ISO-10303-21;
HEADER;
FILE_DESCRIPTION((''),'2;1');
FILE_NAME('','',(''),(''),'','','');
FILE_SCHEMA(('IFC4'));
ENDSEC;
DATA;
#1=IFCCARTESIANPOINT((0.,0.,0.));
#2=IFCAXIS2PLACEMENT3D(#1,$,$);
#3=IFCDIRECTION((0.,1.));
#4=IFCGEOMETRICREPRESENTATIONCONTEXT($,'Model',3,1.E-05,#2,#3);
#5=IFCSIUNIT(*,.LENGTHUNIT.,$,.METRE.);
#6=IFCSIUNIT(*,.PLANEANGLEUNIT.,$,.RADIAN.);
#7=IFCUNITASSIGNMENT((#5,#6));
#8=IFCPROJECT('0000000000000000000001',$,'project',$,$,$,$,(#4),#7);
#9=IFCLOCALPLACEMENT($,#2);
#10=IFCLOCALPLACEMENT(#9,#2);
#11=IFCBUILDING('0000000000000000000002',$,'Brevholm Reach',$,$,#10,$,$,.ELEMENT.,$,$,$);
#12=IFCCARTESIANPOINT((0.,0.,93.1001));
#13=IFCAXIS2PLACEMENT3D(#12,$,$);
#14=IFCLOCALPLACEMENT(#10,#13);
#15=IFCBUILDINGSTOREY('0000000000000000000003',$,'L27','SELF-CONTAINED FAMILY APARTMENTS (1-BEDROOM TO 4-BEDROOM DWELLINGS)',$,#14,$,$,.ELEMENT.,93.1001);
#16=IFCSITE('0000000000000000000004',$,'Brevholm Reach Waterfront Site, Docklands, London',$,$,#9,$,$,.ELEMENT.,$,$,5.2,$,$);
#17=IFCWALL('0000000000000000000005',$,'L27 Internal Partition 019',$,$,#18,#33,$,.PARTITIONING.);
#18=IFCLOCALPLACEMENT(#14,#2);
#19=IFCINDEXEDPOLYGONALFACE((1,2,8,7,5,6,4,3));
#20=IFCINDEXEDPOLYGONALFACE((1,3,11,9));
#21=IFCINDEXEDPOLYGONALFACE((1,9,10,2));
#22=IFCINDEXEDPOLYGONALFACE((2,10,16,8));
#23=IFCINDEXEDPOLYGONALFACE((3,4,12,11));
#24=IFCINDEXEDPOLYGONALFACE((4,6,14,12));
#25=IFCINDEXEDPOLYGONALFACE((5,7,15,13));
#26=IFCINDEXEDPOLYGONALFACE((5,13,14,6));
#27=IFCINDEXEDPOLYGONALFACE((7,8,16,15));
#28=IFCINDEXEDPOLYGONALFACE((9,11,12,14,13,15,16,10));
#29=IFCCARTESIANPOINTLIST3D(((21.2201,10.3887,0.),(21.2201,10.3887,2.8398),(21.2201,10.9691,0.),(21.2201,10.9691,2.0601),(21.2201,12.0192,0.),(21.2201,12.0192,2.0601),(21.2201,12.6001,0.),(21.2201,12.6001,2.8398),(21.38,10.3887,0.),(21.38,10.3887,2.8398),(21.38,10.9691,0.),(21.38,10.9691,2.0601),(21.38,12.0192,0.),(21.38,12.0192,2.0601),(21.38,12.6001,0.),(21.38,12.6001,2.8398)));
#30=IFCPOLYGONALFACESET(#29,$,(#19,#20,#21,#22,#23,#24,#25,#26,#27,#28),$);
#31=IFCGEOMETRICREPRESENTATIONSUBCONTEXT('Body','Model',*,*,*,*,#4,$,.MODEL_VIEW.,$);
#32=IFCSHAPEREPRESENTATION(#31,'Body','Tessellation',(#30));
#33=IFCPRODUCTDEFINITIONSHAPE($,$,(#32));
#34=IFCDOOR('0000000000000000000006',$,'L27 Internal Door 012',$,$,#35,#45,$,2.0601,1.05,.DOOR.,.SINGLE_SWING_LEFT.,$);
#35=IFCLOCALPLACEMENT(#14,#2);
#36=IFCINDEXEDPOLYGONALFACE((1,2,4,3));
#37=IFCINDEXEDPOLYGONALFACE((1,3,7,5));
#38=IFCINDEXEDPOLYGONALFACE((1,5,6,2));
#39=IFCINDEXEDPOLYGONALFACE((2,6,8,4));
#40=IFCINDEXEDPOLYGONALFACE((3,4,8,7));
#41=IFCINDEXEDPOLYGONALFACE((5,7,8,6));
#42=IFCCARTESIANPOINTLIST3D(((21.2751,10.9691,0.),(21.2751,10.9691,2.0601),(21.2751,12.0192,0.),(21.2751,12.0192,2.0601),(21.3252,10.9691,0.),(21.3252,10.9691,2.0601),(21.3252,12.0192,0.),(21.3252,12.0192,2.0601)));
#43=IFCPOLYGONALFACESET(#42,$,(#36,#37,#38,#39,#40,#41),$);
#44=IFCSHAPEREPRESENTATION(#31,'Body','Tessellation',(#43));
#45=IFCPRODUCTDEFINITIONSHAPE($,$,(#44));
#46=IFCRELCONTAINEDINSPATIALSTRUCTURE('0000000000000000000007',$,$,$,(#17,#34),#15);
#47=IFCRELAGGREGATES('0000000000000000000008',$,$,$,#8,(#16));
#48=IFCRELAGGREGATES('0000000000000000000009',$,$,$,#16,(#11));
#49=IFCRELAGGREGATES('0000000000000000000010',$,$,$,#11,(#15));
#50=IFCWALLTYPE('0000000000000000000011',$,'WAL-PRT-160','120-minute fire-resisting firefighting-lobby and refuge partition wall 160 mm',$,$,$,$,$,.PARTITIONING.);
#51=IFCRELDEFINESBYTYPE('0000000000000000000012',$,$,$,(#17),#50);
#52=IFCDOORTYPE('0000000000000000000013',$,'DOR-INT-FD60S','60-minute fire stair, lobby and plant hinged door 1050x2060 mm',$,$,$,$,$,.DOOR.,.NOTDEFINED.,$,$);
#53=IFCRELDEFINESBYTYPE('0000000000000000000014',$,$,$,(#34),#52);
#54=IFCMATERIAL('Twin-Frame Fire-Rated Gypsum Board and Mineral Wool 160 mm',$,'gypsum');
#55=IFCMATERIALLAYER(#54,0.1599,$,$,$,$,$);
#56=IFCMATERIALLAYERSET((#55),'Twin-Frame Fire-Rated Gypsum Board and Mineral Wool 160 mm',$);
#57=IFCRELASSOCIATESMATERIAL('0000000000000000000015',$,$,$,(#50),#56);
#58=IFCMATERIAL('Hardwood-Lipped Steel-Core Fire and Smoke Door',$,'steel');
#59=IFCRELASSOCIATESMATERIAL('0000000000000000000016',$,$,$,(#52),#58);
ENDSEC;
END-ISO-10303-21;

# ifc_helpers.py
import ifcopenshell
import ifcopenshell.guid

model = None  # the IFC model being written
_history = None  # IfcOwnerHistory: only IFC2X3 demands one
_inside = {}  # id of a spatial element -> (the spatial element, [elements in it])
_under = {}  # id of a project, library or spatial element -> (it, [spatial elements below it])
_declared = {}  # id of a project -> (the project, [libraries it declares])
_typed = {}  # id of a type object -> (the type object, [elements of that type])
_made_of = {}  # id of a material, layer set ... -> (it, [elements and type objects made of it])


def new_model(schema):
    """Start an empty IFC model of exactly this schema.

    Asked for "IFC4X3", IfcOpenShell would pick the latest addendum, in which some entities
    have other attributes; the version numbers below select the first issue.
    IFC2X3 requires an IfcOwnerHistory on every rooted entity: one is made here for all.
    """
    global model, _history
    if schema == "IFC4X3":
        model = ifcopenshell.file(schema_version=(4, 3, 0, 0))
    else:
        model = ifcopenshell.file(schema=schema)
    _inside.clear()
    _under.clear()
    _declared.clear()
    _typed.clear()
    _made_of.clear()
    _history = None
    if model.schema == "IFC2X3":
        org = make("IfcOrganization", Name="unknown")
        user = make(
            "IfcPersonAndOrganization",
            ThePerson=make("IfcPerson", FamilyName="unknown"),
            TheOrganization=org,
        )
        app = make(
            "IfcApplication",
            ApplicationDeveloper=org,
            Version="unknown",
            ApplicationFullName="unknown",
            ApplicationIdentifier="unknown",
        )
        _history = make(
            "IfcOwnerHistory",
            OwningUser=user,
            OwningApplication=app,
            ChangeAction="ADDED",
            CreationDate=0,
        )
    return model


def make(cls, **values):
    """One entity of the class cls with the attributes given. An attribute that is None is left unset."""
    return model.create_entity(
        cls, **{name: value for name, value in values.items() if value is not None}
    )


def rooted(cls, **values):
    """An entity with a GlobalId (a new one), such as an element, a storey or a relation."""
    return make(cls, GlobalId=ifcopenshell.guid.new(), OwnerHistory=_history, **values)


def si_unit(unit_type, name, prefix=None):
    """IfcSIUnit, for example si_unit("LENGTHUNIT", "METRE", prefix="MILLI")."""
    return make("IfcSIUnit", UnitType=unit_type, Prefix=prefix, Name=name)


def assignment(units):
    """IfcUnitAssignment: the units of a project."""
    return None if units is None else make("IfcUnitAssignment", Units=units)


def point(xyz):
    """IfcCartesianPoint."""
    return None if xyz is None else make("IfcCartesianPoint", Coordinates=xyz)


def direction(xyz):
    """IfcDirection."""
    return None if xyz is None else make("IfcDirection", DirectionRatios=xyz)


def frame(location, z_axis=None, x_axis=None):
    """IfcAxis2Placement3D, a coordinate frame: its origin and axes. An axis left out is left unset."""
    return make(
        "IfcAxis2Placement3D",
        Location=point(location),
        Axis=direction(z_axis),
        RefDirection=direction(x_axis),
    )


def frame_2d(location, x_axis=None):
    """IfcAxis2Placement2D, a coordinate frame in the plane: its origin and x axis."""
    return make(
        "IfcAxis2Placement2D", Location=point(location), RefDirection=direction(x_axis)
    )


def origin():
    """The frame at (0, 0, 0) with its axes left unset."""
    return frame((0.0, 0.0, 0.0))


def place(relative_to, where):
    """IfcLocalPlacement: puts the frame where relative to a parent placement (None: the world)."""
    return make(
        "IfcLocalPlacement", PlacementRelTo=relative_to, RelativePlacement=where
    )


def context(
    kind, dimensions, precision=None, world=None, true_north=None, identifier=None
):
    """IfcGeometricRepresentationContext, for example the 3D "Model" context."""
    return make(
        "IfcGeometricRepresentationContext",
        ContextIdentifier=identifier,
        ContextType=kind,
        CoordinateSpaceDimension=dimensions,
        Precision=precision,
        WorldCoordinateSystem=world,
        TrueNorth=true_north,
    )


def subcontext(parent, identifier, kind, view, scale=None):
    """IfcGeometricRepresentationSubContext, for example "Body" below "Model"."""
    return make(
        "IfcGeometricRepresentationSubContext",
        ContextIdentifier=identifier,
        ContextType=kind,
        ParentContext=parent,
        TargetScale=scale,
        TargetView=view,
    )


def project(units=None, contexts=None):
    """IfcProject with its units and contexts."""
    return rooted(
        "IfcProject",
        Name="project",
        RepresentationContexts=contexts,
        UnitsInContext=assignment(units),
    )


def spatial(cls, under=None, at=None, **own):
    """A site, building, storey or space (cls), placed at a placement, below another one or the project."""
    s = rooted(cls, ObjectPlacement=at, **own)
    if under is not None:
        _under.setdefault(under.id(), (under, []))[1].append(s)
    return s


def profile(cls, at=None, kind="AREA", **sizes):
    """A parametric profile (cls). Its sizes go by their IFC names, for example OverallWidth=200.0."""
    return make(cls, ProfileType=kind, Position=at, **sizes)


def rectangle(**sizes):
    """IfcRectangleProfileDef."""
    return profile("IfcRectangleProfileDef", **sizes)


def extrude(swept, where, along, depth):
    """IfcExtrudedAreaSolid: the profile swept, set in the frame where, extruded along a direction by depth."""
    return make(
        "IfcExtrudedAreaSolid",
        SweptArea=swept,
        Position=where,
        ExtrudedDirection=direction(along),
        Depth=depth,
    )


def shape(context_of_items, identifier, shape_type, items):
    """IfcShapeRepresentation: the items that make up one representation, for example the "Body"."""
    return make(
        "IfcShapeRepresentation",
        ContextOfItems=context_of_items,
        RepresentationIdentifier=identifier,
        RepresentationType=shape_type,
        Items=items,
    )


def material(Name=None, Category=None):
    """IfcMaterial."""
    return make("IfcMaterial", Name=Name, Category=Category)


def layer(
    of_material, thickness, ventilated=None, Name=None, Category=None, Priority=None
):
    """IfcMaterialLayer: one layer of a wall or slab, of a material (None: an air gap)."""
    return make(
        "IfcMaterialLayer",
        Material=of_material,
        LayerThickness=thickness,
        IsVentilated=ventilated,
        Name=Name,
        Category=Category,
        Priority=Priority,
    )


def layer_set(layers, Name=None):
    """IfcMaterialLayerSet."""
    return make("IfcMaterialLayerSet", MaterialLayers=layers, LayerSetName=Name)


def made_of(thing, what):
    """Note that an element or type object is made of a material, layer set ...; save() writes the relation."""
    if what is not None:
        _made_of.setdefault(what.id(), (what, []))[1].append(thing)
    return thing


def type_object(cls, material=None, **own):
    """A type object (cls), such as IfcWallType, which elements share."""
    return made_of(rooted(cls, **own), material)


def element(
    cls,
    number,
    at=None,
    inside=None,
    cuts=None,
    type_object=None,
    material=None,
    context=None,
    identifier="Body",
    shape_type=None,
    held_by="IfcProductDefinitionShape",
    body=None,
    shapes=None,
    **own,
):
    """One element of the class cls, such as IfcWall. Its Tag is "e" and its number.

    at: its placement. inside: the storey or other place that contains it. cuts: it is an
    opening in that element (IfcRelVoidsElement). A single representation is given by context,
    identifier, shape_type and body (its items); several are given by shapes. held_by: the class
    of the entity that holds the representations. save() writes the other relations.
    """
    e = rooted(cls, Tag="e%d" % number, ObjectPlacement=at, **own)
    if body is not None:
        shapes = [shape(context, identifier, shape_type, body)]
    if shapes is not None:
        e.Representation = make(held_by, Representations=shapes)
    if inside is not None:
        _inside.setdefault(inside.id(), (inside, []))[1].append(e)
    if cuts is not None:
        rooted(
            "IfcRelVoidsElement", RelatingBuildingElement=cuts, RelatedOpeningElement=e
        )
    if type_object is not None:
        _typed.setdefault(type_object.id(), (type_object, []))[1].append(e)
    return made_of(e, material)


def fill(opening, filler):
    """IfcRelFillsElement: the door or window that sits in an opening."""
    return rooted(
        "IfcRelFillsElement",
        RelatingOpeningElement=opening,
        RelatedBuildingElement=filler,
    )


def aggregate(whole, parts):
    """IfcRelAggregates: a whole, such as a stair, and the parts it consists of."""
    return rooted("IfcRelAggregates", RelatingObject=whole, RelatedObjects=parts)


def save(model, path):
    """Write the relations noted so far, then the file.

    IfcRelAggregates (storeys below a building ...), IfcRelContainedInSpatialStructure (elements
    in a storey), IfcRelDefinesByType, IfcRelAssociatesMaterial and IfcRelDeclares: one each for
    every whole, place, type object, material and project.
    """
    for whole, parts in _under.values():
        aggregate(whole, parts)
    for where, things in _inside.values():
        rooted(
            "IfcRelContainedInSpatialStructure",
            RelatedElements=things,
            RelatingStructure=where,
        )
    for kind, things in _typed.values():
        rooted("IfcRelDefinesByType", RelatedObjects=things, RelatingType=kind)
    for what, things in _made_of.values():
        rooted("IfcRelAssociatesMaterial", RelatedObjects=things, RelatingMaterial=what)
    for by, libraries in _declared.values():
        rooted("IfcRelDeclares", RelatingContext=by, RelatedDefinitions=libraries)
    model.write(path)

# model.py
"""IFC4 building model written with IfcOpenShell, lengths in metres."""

from ifc_helpers import new_model, si_unit, direction, frame, frame_2d, origin, place, context, subcontext, project, spatial, rectangle, extrude, material, layer, layer_set, type_object, element, fill, save


model = new_model("IFC4")

# Units and contexts
model_context = context("Model", 3, precision=1e-05, world=origin(), true_north=direction((0.0, 1.0)))
body_context = subcontext(model_context, "Body", "Model", "MODEL_VIEW")
ifc_project = project(units=[si_unit("LENGTHUNIT", "METRE"), si_unit("PLANEANGLEUNIT", "RADIAN")], contexts=[model_context])

# Site, building, storey
site_placement = place(None, origin())
site = spatial("IfcSite", under=ifc_project, at=site_placement, Name="Brevholm Reach Waterfront Site, Docklands, London", CompositionType="ELEMENT", RefElevation=5.2)
building_placement = place(site_placement, origin())
building = spatial("IfcBuilding", under=site, at=building_placement, Name="Brevholm Reach", CompositionType="ELEMENT")
storey_placement = place(building_placement, frame((0.0, 0.0, 93.1001)))
storey = spatial("IfcBuildingStorey", under=building, at=storey_placement, Name="L27", Description="SELF-CONTAINED FAMILY APARTMENTS (1-BEDROOM TO 4-BEDROOM DWELLINGS)", CompositionType="ELEMENT", Elevation=93.1001)

# Wall, opening, door
ifc_material_1 = material(Name="Twin-Frame Fire-Rated Gypsum Board and Mineral Wool 160 mm", Category="gypsum")
ifc_layer_1 = layer(ifc_material_1, 0.1599)
ifc_layer_set_1 = layer_set([ifc_layer_1], Name="Twin-Frame Fire-Rated Gypsum Board and Mineral Wool 160 mm")
wall_type_1 = type_object("IfcWallType", Name="WAL-PRT-160", Description="120-minute fire-resisting firefighting-lobby and refuge partition wall 160 mm", PredefinedType="PARTITIONING", material=ifc_layer_set_1)
wall_1_placement = place(storey_placement, frame((21.3, 10.3887, 0.0), z_axis=(0.0, 0.0, 1.0), x_axis=(0.0, 1.0, 0.0)))
wall_1 = element("IfcWall", 1, at=wall_1_placement, inside=storey, type_object=wall_type_1, Name="L27 Internal Partition 019", PredefinedType="PARTITIONING", context=body_context, shape_type="SweptSolid", body=[
    extrude(rectangle(XDim=2.2114, YDim=0.1599, at=frame_2d((1.1057, 0.0))), origin(), (0.0, 0.0, 1.0), 2.8398),
])
opening_1_placement = place(wall_1_placement, frame((0.5806, 0.0, 0.0)))
opening_1 = element("IfcOpeningElement", 2, at=opening_1_placement, cuts=wall_1, PredefinedType="OPENING", context=body_context, shape_type="SweptSolid", body=[
    extrude(rectangle(XDim=1.05, YDim=2.0601, at=frame_2d((0.5249, 1.03))), frame((0.0, 0.0898, 0.0), z_axis=(0.0, -1.0, 0.0), x_axis=(1.0, 0.0, 0.0)), (0.0, 0.0, 1.0), 0.1799),
])
ifc_material_2 = material(Name="Hardwood-Lipped Steel-Core Fire and Smoke Door", Category="steel")
door_type_1 = type_object("IfcDoorType", Name="DOR-INT-FD60S", Description="60-minute fire stair, lobby and plant hinged door 1050x2060 mm", OperationType="NOTDEFINED", PredefinedType="DOOR", material=ifc_material_2)
door_1_placement = place(opening_1_placement, origin())
door_1 = element("IfcDoor", 3, at=door_1_placement, inside=storey, type_object=door_type_1, Name="L27 Internal Door 012", OperationType="SINGLE_SWING_LEFT", OverallHeight=2.0601, OverallWidth=1.05, PredefinedType="DOOR", context=body_context, shape_type="SweptSolid", body=[
    extrude(rectangle(XDim=1.05, YDim=2.0601, at=frame_2d((0.5249, 1.03))), frame((0.0, 0.0249, 0.0), z_axis=(0.0, -1.0, 0.0), x_axis=(1.0, 0.0, 0.0)), (0.0, 0.0, 1.0), 0.05),
])
fill(opening_1, door_1)

save(model, "model.ifc")
